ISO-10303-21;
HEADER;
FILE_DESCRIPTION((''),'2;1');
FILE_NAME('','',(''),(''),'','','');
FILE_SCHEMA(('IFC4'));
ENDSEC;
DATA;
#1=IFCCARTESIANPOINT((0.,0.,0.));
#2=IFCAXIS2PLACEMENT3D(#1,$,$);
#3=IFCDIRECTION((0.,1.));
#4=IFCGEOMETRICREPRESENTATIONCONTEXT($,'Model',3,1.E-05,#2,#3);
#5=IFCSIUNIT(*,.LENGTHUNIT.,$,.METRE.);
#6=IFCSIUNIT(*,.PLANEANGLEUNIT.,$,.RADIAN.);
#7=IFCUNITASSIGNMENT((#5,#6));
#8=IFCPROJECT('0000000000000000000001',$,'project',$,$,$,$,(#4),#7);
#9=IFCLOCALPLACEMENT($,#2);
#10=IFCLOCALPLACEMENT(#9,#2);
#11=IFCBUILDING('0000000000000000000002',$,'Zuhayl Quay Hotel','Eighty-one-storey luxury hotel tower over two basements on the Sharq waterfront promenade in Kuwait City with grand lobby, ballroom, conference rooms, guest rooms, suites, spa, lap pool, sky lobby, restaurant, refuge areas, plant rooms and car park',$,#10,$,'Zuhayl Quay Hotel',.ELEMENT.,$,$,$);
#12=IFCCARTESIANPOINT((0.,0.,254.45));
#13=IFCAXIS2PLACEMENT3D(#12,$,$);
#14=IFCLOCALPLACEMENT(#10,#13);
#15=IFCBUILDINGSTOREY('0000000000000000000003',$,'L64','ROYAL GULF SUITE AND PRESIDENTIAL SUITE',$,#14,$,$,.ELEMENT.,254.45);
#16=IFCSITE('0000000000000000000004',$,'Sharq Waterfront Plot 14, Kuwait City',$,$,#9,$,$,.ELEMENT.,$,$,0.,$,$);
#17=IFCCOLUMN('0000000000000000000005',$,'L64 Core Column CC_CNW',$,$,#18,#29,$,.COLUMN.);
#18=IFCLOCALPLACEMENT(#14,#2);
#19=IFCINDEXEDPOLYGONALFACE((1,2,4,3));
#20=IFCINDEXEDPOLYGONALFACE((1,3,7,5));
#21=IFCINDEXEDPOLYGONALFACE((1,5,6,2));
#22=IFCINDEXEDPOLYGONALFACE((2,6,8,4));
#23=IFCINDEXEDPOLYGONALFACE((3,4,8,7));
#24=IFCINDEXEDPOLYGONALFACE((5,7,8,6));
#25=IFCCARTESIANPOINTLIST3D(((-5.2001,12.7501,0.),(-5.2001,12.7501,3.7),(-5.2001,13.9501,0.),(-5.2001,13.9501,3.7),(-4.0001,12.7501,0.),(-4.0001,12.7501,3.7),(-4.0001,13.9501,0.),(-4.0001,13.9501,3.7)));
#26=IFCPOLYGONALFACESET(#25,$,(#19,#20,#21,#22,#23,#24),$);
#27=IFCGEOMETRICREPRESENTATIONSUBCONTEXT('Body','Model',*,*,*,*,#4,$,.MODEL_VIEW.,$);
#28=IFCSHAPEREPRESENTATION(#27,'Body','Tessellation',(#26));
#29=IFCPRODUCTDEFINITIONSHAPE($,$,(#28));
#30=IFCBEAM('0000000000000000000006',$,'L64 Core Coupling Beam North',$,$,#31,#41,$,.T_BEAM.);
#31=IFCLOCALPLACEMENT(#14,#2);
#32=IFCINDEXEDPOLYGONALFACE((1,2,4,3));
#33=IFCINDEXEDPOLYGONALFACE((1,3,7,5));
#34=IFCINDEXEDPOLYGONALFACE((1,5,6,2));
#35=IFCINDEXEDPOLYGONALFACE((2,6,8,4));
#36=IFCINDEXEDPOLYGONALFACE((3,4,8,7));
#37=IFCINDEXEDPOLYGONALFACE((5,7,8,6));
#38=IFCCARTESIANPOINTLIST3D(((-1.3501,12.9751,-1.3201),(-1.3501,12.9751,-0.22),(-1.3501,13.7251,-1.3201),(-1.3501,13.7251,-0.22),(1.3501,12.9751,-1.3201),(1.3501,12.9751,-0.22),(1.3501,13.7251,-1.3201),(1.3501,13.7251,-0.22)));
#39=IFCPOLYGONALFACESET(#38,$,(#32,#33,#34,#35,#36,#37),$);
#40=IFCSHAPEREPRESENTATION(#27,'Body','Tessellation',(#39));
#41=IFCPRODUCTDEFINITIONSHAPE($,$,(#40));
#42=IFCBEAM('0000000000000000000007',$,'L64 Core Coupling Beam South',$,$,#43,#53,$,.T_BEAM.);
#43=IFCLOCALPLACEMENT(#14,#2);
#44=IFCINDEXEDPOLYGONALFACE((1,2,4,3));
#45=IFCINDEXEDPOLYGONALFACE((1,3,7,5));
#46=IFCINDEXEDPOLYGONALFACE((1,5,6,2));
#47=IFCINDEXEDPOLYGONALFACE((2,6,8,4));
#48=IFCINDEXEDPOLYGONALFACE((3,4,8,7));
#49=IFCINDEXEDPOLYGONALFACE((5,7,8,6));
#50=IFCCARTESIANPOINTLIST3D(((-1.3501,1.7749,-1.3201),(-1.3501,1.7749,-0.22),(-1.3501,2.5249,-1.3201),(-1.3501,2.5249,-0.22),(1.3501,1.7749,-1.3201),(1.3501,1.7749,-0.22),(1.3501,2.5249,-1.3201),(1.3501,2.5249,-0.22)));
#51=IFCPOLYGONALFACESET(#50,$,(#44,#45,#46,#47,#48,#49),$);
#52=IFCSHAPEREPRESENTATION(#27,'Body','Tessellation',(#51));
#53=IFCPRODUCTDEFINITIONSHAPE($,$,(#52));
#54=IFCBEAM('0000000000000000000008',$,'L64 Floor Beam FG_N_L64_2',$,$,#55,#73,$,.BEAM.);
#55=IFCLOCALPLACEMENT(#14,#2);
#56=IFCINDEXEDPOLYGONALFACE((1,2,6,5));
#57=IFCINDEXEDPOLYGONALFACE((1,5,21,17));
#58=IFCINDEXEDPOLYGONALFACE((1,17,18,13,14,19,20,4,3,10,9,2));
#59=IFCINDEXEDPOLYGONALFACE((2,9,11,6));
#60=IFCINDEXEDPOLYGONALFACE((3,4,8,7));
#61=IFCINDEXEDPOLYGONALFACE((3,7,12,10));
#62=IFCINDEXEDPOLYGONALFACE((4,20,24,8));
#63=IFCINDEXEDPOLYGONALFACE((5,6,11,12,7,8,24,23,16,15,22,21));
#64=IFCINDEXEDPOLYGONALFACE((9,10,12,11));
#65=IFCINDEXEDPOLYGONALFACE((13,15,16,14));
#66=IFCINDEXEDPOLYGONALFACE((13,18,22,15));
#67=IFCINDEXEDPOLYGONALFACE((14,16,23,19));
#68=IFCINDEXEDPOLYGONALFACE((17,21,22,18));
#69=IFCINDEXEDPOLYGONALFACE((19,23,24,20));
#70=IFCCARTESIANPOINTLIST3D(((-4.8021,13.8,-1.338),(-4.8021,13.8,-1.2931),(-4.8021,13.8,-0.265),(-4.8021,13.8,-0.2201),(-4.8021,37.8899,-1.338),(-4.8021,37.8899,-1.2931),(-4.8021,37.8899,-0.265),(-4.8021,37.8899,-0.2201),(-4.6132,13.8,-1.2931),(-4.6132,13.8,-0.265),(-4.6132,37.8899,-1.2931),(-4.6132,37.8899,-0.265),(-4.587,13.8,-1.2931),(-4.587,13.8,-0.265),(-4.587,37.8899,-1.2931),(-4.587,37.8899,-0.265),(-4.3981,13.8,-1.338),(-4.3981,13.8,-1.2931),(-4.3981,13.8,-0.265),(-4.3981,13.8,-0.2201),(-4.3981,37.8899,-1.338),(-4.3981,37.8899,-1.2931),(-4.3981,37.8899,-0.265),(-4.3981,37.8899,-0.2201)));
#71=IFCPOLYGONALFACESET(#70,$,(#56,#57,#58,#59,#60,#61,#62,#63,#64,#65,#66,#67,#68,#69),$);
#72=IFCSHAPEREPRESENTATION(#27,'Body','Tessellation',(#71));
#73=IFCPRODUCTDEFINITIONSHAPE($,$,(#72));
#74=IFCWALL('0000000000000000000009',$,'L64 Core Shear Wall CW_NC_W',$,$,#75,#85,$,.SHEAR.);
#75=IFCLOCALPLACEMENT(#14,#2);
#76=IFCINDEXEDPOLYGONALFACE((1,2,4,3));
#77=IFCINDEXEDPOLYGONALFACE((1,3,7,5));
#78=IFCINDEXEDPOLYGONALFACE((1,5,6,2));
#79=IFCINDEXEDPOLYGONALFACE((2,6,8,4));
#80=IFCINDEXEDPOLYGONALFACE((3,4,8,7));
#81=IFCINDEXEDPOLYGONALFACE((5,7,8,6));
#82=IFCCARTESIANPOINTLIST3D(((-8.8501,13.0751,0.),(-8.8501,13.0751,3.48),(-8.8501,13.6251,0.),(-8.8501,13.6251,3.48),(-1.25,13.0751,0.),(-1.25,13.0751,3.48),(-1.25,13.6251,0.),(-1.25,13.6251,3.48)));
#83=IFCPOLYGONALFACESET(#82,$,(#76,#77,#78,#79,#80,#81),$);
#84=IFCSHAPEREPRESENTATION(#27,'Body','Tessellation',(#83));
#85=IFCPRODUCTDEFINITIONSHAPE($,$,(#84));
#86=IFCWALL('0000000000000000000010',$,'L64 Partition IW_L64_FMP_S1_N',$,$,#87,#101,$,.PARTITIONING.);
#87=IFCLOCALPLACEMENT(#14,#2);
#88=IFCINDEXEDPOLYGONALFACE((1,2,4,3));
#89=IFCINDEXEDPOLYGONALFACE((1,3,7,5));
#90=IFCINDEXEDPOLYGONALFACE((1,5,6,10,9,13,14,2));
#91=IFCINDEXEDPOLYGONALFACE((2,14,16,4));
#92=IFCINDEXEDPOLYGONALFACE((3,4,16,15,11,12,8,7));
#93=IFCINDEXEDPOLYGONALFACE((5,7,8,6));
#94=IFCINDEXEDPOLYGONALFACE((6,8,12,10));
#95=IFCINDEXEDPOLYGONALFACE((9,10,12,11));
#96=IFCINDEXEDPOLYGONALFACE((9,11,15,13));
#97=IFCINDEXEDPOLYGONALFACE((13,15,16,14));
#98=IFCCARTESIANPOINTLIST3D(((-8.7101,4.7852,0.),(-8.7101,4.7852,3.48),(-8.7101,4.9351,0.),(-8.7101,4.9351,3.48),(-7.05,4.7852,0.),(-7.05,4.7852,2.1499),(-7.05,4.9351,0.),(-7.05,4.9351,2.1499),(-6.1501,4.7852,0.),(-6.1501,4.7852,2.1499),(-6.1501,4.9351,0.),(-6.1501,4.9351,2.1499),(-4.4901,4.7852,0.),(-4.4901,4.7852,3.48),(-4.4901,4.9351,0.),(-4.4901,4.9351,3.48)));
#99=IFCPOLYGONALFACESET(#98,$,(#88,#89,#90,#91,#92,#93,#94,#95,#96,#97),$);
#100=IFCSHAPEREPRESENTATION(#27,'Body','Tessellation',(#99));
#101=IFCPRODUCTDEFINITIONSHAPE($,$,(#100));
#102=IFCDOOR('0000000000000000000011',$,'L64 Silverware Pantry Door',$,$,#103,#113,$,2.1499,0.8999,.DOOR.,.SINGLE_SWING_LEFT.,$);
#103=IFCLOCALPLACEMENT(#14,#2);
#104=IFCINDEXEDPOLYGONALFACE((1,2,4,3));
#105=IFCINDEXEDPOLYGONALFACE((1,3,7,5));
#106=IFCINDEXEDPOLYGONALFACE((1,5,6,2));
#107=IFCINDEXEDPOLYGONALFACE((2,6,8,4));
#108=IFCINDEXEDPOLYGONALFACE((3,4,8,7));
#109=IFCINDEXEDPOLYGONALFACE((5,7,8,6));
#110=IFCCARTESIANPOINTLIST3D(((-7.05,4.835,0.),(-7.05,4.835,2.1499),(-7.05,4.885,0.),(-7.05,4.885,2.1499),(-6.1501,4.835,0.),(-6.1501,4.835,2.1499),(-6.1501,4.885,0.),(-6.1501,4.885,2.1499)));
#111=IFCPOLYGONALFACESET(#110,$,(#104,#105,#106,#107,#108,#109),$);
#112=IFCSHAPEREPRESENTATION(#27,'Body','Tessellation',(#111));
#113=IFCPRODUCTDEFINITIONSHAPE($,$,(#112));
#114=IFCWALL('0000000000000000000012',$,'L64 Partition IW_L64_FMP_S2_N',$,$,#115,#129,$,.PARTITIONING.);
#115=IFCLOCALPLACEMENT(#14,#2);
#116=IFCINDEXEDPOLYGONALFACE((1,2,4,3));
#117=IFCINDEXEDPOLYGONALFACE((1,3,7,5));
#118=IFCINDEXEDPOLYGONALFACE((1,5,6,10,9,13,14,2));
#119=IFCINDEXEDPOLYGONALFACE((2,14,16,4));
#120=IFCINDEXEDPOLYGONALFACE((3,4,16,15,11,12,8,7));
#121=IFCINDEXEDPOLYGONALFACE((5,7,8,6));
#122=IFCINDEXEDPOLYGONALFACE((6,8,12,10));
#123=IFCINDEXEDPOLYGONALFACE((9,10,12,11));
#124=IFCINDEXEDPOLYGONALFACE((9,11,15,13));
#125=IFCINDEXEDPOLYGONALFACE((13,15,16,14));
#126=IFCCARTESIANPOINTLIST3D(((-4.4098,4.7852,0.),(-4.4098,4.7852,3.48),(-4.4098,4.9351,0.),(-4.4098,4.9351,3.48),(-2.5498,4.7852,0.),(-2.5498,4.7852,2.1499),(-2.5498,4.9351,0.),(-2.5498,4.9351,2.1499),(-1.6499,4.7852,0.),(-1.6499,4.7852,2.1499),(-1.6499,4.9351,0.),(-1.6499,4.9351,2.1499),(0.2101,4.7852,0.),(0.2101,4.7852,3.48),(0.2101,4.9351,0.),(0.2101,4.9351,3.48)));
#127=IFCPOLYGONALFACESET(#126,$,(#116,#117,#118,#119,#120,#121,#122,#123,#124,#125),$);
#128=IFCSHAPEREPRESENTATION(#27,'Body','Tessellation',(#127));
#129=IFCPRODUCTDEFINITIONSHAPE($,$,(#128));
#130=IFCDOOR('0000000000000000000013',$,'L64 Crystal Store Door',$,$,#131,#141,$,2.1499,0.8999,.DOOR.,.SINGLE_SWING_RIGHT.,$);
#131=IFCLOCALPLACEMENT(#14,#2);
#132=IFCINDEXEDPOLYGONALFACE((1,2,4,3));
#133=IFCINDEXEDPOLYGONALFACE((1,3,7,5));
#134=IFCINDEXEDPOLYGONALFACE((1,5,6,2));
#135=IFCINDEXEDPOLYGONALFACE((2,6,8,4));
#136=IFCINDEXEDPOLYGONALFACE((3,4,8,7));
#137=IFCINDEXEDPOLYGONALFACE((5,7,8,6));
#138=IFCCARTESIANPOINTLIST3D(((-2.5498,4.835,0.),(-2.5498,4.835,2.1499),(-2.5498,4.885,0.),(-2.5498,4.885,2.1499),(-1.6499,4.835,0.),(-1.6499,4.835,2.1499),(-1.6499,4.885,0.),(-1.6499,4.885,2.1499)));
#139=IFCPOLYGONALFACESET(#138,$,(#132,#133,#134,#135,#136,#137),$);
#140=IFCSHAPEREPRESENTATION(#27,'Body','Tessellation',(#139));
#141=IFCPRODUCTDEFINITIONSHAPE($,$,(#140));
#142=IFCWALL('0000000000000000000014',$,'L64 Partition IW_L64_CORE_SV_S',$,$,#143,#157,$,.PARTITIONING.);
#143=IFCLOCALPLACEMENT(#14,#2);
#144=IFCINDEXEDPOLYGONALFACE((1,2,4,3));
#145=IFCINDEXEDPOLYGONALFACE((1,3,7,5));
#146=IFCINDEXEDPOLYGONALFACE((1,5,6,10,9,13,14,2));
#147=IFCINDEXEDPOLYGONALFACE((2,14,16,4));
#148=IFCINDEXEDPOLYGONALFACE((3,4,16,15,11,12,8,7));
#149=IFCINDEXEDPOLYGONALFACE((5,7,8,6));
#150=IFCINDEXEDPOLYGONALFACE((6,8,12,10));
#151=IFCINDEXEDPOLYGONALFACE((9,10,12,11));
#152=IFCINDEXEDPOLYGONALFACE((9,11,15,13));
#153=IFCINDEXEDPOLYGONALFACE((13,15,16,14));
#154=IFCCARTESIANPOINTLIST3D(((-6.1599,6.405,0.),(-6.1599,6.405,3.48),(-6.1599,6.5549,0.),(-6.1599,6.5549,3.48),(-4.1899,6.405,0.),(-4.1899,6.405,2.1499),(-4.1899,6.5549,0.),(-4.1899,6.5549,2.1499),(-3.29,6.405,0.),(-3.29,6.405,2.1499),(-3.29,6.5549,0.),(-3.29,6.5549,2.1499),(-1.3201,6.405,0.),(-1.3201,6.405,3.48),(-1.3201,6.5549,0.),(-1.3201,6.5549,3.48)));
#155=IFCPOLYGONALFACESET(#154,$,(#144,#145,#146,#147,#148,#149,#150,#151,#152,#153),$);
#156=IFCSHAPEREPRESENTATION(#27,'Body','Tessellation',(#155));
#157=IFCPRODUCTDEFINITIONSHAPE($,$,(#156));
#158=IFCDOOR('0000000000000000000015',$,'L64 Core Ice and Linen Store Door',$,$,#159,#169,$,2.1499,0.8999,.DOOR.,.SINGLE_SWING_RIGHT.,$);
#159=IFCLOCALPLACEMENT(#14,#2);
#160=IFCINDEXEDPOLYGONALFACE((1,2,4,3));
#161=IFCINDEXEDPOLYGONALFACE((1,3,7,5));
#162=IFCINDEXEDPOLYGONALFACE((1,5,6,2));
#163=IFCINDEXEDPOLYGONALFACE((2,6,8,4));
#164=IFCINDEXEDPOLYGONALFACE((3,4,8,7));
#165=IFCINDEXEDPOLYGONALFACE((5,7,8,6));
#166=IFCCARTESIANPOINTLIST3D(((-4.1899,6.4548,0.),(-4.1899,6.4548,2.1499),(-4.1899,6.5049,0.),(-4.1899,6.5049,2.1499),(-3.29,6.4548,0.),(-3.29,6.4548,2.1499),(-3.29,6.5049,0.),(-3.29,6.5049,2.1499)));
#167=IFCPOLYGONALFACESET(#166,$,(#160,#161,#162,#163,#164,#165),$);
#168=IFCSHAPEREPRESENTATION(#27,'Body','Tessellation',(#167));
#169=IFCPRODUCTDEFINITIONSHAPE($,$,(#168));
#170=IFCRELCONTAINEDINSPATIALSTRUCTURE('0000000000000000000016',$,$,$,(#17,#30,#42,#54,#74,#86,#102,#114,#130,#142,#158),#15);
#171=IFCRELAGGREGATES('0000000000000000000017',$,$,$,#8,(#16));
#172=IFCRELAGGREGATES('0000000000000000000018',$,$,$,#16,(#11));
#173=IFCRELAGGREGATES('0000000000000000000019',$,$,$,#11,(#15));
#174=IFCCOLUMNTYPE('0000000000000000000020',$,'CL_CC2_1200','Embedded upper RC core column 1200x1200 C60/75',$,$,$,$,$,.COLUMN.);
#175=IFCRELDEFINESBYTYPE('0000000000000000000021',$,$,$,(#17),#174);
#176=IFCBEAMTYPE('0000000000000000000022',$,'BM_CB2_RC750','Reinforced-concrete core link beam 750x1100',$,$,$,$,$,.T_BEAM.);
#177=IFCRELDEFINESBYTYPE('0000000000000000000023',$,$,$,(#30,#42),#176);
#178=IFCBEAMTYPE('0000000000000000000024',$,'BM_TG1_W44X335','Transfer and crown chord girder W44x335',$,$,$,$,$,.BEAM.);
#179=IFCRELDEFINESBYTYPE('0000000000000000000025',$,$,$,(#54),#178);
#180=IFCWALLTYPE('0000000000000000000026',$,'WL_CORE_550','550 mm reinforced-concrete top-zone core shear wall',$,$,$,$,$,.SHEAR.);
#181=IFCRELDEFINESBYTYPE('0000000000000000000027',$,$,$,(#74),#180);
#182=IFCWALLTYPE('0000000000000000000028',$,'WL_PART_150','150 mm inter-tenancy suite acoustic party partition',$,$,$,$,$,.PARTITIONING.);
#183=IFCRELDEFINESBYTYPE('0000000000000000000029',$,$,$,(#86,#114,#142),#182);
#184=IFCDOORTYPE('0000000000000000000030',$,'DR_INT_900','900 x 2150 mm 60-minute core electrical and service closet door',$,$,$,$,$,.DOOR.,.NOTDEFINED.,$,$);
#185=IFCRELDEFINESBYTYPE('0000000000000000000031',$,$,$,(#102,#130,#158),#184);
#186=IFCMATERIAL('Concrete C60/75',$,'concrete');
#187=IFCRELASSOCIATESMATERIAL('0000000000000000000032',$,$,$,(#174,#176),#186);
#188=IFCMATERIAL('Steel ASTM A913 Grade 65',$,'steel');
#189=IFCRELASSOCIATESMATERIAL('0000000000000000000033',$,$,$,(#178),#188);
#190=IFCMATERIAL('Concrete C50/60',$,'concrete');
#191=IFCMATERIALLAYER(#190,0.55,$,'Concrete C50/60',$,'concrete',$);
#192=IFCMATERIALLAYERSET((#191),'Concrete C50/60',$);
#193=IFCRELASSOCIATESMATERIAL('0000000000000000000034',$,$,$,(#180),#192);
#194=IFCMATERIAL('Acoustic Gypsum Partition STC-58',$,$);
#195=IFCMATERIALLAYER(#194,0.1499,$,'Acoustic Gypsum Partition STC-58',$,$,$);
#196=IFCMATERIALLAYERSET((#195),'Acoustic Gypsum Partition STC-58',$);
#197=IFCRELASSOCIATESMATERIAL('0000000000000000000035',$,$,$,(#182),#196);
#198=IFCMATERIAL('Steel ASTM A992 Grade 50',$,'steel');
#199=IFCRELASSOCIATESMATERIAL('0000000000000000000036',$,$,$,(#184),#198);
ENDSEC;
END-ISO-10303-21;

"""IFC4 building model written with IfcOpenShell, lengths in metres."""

from ifc_helpers import new_model, si_unit, direction, frame, frame_2d, origin, origin_2d, place, context, subcontext, project, spatial, rectangle, i_section, extrude, material, layer, layer_set, material_profile, profile_set, type_object, element, fill, save


model = new_model("IFC4")

# Units and contexts
model_context = context("Model", 3, precision=1e-05, world=origin(), true_north=direction((0.0, 1.0)))
body_context = subcontext(model_context, "Body", "Model", "MODEL_VIEW")
ifc_project = project(units=[si_unit("LENGTHUNIT", "METRE"), si_unit("PLANEANGLEUNIT", "RADIAN")], contexts=[model_context])

# Site, building, storey
site_placement = place(None, origin())
site = spatial("IfcSite", under=ifc_project, at=site_placement, Name="Sharq Waterfront Plot 14, Kuwait City", CompositionType="ELEMENT", RefElevation=0.0)
building_placement = place(site_placement, origin())
building = spatial("IfcBuilding", under=site, at=building_placement, Name="Zuhayl Quay Hotel", Description="Eighty-one-storey luxury hotel tower over two basements on the Sharq waterfront promenade in Kuwait City with grand lobby, ballroom, conference rooms, guest rooms, suites, spa, lap pool, sky lobby, restaurant, refuge areas, plant rooms and car park", LongName="Zuhayl Quay Hotel", CompositionType="ELEMENT")
storey_placement = place(building_placement, frame((0.0, 0.0, 254.45)))
storey = spatial("IfcBuildingStorey", under=building, at=storey_placement, Name="L64", Description="ROYAL GULF SUITE AND PRESIDENTIAL SUITE", CompositionType="ELEMENT", Elevation=254.45)

# Column
ifc_material_1 = material(Name="Concrete C60/75", Category="concrete")
ifc_material_profile_1 = material_profile(ifc_material_1, rectangle(XDim=1.2, YDim=1.2, at=origin_2d()), Name="RC1200X1200")
ifc_profile_set_1 = profile_set([ifc_material_profile_1], Name="Concrete C60/75")
column_type = type_object("IfcColumnType", Name="CL_CC2_1200", Description="Embedded upper RC core column 1200x1200 C60/75", PredefinedType="COLUMN", material=ifc_profile_set_1)
column_placement = place(storey_placement, frame((-4.6001, 13.3501, 0.0), z_axis=(0.0, 0.0, 1.0), x_axis=(1.0, 0.0, 0.0)))
element("IfcColumn", 1, at=column_placement, inside=storey, type_object=column_type, Name="L64 Core Column CC_CNW", PredefinedType="COLUMN", context=body_context, shape_type="SweptSolid", body=[
    extrude(rectangle(XDim=1.2, YDim=1.2, at=origin_2d()), origin(), (0.0, 0.0, 1.0), 3.7),
])

# Beams
ifc_material_profile_2 = material_profile(ifc_material_1, rectangle(XDim=0.75, YDim=1.1001, at=origin_2d()), Name="RC750X1100")
ifc_profile_set_2 = profile_set([ifc_material_profile_2], Name="Concrete C60/75")
beam_type_1 = type_object("IfcBeamType", Name="BM_CB2_RC750", Description="Reinforced-concrete core link beam 750x1100", PredefinedType="T_BEAM", material=ifc_profile_set_2)
for number, where, z_axis, x_axis, name in (
    (2, (-1.3501, 13.3501, -0.77), (1.0, 0.0, 0.0), (0.0, 1.0, 0.0), "L64 Core Coupling Beam North"),
    (3, (-1.3501, 2.1499, -0.77), (1.0, 0.0, 0.0), (0.0, 1.0, 0.0), "L64 Core Coupling Beam South"),
):
    element("IfcBeam", number, at=place(storey_placement, frame(where, z_axis=z_axis, x_axis=x_axis)), inside=storey, type_object=beam_type_1, Name=name, PredefinedType="T_BEAM", context=body_context, shape_type="SweptSolid", body=[
        extrude(rectangle(XDim=0.75, YDim=1.1001, at=origin_2d()), origin(), (0.0, 0.0, 1.0), 2.7002),
    ])
ifc_material_2 = material(Name="Steel ASTM A913 Grade 65", Category="steel")
ifc_material_profile_3 = material_profile(ifc_material_2, i_section(OverallWidth=0.4041, OverallDepth=1.1179, WebThickness=0.0261, FlangeThickness=0.0449, at=origin_2d()), Name="W44X335")
ifc_profile_set_3 = profile_set([ifc_material_profile_3], Name="Steel ASTM A913 Grade 65")
beam_type_2 = type_object("IfcBeamType", Name="BM_TG1_W44X335", Description="Transfer and crown chord girder W44x335", PredefinedType="BEAM", material=ifc_profile_set_3)
beam_placement = place(storey_placement, frame((-4.6001, 13.8, -0.7791), z_axis=(0.0, 1.0, 0.0), x_axis=(-1.0, 0.0, 0.0)))
element("IfcBeam", 4, at=beam_placement, inside=storey, type_object=beam_type_2, Name="L64 Floor Beam FG_N_L64_2", PredefinedType="BEAM", context=body_context, shape_type="SweptSolid", body=[
    extrude(i_section(OverallWidth=0.4041, OverallDepth=1.1179, WebThickness=0.0261, FlangeThickness=0.0449, at=origin_2d()), origin(), (0.0, 0.0, 1.0), 24.0898),
])

# Wall
ifc_material_3 = material(Name="Concrete C50/60", Category="concrete")
ifc_layer_1 = layer(ifc_material_3, 0.55, Name="Concrete C50/60", Category="concrete")
ifc_layer_set_1 = layer_set([ifc_layer_1], Name="Concrete C50/60")
wall_type_1 = type_object("IfcWallType", Name="WL_CORE_550", Description="550 mm reinforced-concrete top-zone core shear wall", PredefinedType="SHEAR", material=ifc_layer_set_1)
wall_1_placement = place(storey_placement, frame((-8.8501, 13.3501, 0.0), z_axis=(0.0, 0.0, 1.0), x_axis=(1.0, 0.0, 0.0)))
element("IfcWall", 5, at=wall_1_placement, inside=storey, type_object=wall_type_1, Name="L64 Core Shear Wall CW_NC_W", PredefinedType="SHEAR", context=body_context, shape_type="SweptSolid", body=[
    extrude(rectangle(XDim=7.6001, YDim=0.55, at=frame_2d((3.8, 0.0))), origin(), (0.0, 0.0, 1.0), 3.48),
])

# Walls, openings, doors
ifc_material_4 = material(Name="Acoustic Gypsum Partition STC-58")
ifc_layer_2 = layer(ifc_material_4, 0.1499, Name="Acoustic Gypsum Partition STC-58")
ifc_layer_set_2 = layer_set([ifc_layer_2], Name="Acoustic Gypsum Partition STC-58")
wall_type_2 = type_object("IfcWallType", Name="WL_PART_150", Description="150 mm inter-tenancy suite acoustic party partition", PredefinedType="PARTITIONING", material=ifc_layer_set_2)
wall_2_placement = place(storey_placement, frame((-8.71, 4.8601, 0.0), z_axis=(0.0, 0.0, 1.0), x_axis=(1.0, 0.0, 0.0)))
wall_2 = element("IfcWall", 6, at=wall_2_placement, inside=storey, type_object=wall_type_2, Name="L64 Partition IW_L64_FMP_S1_N", PredefinedType="PARTITIONING", context=body_context, shape_type="SweptSolid", body=[
    extrude(rectangle(XDim=4.22, YDim=0.1499, at=frame_2d((2.1099, 0.0))), origin(), (0.0, 0.0, 1.0), 3.48),
])
opening_1_placement = place(wall_2_placement, frame((1.6599, 0.0, 0.0)))
opening_1 = element("IfcOpeningElement", 7, at=opening_1_placement, cuts=wall_2, PredefinedType="OPENING", context=body_context, shape_type="SweptSolid", body=[
    extrude(rectangle(XDim=0.8999, YDim=2.1499, at=frame_2d((0.45, 1.075))), frame((0.0, 0.085, 0.0), z_axis=(0.0, -1.0, 0.0), x_axis=(1.0, 0.0, 0.0)), (0.0, 0.0, 1.0), 0.1699),
])
ifc_material_5 = material(Name="Steel ASTM A992 Grade 50", Category="steel")
door_type_1 = type_object("IfcDoorType", Name="DR_INT_900", Description="900 x 2150 mm 60-minute core electrical and service closet door", OperationType="NOTDEFINED", PredefinedType="DOOR", material=ifc_material_5)
door_1_placement = place(opening_1_placement, origin())
door_1 = element("IfcDoor", 8, at=door_1_placement, inside=storey, type_object=door_type_1, Name="L64 Silverware Pantry Door", OperationType="SINGLE_SWING_LEFT", OverallHeight=2.1499, OverallWidth=0.8999, PredefinedType="DOOR", context=body_context, shape_type="SweptSolid", body=[
    extrude(rectangle(XDim=0.8999, YDim=2.1499, at=frame_2d((0.45, 1.075))), frame((0.0, 0.0249, 0.0), z_axis=(0.0, -1.0, 0.0), x_axis=(1.0, 0.0, 0.0)), (0.0, 0.0, 1.0), 0.05),
])
fill(opening_1, door_1)
wall_3_placement = place(storey_placement, frame((-4.4099, 4.8601, 0.0), z_axis=(0.0, 0.0, 1.0), x_axis=(1.0, 0.0, 0.0)))
wall_3 = element("IfcWall", 9, at=wall_3_placement, inside=storey, type_object=wall_type_2, Name="L64 Partition IW_L64_FMP_S2_N", PredefinedType="PARTITIONING", context=body_context, shape_type="SweptSolid", body=[
    extrude(rectangle(XDim=4.6199, YDim=0.1499, at=frame_2d((2.3101, 0.0))), origin(), (0.0, 0.0, 1.0), 3.48),
])
opening_2_placement = place(wall_3_placement, frame((1.8601, 0.0, 0.0)))
opening_2 = element("IfcOpeningElement", 10, at=opening_2_placement, cuts=wall_3, PredefinedType="OPENING", context=body_context, shape_type="SweptSolid", body=[
    extrude(rectangle(XDim=0.8999, YDim=2.1499, at=frame_2d((0.45, 1.075))), frame((0.0, 0.085, 0.0), z_axis=(0.0, -1.0, 0.0), x_axis=(1.0, 0.0, 0.0)), (0.0, 0.0, 1.0), 0.1699),
])
door_2_placement = place(opening_2_placement, origin())
door_2 = element("IfcDoor", 11, at=door_2_placement, inside=storey, type_object=door_type_1, Name="L64 Crystal Store Door", OperationType="SINGLE_SWING_RIGHT", OverallHeight=2.1499, OverallWidth=0.8999, PredefinedType="DOOR", context=body_context, shape_type="SweptSolid", body=[
    extrude(rectangle(XDim=0.8999, YDim=2.1499, at=frame_2d((0.45, 1.075))), frame((0.0, 0.0249, 0.0), z_axis=(0.0, -1.0, 0.0), x_axis=(1.0, 0.0, 0.0)), (0.0, 0.0, 1.0), 0.05),
])
fill(opening_2, door_2)
wall_4_placement = place(storey_placement, frame((-6.1599, 6.48, 0.0), z_axis=(0.0, 0.0, 1.0), x_axis=(1.0, 0.0, 0.0)))
wall_4 = element("IfcWall", 12, at=wall_4_placement, inside=storey, type_object=wall_type_2, Name="L64 Partition IW_L64_CORE_SV_S", PredefinedType="PARTITIONING", context=body_context, shape_type="SweptSolid", body=[
    extrude(rectangle(XDim=4.8398, YDim=0.1499, at=frame_2d((2.4199, 0.0))), origin(), (0.0, 0.0, 1.0), 3.48),
])
opening_3_placement = place(wall_4_placement, frame((1.97, 0.0, 0.0)))
opening_3 = element("IfcOpeningElement", 13, at=opening_3_placement, cuts=wall_4, PredefinedType="OPENING", context=body_context, shape_type="SweptSolid", body=[
    extrude(rectangle(XDim=0.8999, YDim=2.1499, at=frame_2d((0.45, 1.075))), frame((0.0, 0.085, 0.0), z_axis=(0.0, -1.0, 0.0), x_axis=(1.0, 0.0, 0.0)), (0.0, 0.0, 1.0), 0.1699),
])
door_3_placement = place(opening_3_placement, origin())
door_3 = element("IfcDoor", 14, at=door_3_placement, inside=storey, type_object=door_type_1, Name="L64 Core Ice and Linen Store Door", OperationType="SINGLE_SWING_RIGHT", OverallHeight=2.1499, OverallWidth=0.8999, PredefinedType="DOOR", context=body_context, shape_type="SweptSolid", body=[
    extrude(rectangle(XDim=0.8999, YDim=2.1499, at=frame_2d((0.45, 1.075))), frame((0.0, 0.0249, 0.0), z_axis=(0.0, -1.0, 0.0), x_axis=(1.0, 0.0, 0.0)), (0.0, 0.0, 1.0), 0.05),
])
fill(opening_3, door_3)

save(model, "model.ifc")
